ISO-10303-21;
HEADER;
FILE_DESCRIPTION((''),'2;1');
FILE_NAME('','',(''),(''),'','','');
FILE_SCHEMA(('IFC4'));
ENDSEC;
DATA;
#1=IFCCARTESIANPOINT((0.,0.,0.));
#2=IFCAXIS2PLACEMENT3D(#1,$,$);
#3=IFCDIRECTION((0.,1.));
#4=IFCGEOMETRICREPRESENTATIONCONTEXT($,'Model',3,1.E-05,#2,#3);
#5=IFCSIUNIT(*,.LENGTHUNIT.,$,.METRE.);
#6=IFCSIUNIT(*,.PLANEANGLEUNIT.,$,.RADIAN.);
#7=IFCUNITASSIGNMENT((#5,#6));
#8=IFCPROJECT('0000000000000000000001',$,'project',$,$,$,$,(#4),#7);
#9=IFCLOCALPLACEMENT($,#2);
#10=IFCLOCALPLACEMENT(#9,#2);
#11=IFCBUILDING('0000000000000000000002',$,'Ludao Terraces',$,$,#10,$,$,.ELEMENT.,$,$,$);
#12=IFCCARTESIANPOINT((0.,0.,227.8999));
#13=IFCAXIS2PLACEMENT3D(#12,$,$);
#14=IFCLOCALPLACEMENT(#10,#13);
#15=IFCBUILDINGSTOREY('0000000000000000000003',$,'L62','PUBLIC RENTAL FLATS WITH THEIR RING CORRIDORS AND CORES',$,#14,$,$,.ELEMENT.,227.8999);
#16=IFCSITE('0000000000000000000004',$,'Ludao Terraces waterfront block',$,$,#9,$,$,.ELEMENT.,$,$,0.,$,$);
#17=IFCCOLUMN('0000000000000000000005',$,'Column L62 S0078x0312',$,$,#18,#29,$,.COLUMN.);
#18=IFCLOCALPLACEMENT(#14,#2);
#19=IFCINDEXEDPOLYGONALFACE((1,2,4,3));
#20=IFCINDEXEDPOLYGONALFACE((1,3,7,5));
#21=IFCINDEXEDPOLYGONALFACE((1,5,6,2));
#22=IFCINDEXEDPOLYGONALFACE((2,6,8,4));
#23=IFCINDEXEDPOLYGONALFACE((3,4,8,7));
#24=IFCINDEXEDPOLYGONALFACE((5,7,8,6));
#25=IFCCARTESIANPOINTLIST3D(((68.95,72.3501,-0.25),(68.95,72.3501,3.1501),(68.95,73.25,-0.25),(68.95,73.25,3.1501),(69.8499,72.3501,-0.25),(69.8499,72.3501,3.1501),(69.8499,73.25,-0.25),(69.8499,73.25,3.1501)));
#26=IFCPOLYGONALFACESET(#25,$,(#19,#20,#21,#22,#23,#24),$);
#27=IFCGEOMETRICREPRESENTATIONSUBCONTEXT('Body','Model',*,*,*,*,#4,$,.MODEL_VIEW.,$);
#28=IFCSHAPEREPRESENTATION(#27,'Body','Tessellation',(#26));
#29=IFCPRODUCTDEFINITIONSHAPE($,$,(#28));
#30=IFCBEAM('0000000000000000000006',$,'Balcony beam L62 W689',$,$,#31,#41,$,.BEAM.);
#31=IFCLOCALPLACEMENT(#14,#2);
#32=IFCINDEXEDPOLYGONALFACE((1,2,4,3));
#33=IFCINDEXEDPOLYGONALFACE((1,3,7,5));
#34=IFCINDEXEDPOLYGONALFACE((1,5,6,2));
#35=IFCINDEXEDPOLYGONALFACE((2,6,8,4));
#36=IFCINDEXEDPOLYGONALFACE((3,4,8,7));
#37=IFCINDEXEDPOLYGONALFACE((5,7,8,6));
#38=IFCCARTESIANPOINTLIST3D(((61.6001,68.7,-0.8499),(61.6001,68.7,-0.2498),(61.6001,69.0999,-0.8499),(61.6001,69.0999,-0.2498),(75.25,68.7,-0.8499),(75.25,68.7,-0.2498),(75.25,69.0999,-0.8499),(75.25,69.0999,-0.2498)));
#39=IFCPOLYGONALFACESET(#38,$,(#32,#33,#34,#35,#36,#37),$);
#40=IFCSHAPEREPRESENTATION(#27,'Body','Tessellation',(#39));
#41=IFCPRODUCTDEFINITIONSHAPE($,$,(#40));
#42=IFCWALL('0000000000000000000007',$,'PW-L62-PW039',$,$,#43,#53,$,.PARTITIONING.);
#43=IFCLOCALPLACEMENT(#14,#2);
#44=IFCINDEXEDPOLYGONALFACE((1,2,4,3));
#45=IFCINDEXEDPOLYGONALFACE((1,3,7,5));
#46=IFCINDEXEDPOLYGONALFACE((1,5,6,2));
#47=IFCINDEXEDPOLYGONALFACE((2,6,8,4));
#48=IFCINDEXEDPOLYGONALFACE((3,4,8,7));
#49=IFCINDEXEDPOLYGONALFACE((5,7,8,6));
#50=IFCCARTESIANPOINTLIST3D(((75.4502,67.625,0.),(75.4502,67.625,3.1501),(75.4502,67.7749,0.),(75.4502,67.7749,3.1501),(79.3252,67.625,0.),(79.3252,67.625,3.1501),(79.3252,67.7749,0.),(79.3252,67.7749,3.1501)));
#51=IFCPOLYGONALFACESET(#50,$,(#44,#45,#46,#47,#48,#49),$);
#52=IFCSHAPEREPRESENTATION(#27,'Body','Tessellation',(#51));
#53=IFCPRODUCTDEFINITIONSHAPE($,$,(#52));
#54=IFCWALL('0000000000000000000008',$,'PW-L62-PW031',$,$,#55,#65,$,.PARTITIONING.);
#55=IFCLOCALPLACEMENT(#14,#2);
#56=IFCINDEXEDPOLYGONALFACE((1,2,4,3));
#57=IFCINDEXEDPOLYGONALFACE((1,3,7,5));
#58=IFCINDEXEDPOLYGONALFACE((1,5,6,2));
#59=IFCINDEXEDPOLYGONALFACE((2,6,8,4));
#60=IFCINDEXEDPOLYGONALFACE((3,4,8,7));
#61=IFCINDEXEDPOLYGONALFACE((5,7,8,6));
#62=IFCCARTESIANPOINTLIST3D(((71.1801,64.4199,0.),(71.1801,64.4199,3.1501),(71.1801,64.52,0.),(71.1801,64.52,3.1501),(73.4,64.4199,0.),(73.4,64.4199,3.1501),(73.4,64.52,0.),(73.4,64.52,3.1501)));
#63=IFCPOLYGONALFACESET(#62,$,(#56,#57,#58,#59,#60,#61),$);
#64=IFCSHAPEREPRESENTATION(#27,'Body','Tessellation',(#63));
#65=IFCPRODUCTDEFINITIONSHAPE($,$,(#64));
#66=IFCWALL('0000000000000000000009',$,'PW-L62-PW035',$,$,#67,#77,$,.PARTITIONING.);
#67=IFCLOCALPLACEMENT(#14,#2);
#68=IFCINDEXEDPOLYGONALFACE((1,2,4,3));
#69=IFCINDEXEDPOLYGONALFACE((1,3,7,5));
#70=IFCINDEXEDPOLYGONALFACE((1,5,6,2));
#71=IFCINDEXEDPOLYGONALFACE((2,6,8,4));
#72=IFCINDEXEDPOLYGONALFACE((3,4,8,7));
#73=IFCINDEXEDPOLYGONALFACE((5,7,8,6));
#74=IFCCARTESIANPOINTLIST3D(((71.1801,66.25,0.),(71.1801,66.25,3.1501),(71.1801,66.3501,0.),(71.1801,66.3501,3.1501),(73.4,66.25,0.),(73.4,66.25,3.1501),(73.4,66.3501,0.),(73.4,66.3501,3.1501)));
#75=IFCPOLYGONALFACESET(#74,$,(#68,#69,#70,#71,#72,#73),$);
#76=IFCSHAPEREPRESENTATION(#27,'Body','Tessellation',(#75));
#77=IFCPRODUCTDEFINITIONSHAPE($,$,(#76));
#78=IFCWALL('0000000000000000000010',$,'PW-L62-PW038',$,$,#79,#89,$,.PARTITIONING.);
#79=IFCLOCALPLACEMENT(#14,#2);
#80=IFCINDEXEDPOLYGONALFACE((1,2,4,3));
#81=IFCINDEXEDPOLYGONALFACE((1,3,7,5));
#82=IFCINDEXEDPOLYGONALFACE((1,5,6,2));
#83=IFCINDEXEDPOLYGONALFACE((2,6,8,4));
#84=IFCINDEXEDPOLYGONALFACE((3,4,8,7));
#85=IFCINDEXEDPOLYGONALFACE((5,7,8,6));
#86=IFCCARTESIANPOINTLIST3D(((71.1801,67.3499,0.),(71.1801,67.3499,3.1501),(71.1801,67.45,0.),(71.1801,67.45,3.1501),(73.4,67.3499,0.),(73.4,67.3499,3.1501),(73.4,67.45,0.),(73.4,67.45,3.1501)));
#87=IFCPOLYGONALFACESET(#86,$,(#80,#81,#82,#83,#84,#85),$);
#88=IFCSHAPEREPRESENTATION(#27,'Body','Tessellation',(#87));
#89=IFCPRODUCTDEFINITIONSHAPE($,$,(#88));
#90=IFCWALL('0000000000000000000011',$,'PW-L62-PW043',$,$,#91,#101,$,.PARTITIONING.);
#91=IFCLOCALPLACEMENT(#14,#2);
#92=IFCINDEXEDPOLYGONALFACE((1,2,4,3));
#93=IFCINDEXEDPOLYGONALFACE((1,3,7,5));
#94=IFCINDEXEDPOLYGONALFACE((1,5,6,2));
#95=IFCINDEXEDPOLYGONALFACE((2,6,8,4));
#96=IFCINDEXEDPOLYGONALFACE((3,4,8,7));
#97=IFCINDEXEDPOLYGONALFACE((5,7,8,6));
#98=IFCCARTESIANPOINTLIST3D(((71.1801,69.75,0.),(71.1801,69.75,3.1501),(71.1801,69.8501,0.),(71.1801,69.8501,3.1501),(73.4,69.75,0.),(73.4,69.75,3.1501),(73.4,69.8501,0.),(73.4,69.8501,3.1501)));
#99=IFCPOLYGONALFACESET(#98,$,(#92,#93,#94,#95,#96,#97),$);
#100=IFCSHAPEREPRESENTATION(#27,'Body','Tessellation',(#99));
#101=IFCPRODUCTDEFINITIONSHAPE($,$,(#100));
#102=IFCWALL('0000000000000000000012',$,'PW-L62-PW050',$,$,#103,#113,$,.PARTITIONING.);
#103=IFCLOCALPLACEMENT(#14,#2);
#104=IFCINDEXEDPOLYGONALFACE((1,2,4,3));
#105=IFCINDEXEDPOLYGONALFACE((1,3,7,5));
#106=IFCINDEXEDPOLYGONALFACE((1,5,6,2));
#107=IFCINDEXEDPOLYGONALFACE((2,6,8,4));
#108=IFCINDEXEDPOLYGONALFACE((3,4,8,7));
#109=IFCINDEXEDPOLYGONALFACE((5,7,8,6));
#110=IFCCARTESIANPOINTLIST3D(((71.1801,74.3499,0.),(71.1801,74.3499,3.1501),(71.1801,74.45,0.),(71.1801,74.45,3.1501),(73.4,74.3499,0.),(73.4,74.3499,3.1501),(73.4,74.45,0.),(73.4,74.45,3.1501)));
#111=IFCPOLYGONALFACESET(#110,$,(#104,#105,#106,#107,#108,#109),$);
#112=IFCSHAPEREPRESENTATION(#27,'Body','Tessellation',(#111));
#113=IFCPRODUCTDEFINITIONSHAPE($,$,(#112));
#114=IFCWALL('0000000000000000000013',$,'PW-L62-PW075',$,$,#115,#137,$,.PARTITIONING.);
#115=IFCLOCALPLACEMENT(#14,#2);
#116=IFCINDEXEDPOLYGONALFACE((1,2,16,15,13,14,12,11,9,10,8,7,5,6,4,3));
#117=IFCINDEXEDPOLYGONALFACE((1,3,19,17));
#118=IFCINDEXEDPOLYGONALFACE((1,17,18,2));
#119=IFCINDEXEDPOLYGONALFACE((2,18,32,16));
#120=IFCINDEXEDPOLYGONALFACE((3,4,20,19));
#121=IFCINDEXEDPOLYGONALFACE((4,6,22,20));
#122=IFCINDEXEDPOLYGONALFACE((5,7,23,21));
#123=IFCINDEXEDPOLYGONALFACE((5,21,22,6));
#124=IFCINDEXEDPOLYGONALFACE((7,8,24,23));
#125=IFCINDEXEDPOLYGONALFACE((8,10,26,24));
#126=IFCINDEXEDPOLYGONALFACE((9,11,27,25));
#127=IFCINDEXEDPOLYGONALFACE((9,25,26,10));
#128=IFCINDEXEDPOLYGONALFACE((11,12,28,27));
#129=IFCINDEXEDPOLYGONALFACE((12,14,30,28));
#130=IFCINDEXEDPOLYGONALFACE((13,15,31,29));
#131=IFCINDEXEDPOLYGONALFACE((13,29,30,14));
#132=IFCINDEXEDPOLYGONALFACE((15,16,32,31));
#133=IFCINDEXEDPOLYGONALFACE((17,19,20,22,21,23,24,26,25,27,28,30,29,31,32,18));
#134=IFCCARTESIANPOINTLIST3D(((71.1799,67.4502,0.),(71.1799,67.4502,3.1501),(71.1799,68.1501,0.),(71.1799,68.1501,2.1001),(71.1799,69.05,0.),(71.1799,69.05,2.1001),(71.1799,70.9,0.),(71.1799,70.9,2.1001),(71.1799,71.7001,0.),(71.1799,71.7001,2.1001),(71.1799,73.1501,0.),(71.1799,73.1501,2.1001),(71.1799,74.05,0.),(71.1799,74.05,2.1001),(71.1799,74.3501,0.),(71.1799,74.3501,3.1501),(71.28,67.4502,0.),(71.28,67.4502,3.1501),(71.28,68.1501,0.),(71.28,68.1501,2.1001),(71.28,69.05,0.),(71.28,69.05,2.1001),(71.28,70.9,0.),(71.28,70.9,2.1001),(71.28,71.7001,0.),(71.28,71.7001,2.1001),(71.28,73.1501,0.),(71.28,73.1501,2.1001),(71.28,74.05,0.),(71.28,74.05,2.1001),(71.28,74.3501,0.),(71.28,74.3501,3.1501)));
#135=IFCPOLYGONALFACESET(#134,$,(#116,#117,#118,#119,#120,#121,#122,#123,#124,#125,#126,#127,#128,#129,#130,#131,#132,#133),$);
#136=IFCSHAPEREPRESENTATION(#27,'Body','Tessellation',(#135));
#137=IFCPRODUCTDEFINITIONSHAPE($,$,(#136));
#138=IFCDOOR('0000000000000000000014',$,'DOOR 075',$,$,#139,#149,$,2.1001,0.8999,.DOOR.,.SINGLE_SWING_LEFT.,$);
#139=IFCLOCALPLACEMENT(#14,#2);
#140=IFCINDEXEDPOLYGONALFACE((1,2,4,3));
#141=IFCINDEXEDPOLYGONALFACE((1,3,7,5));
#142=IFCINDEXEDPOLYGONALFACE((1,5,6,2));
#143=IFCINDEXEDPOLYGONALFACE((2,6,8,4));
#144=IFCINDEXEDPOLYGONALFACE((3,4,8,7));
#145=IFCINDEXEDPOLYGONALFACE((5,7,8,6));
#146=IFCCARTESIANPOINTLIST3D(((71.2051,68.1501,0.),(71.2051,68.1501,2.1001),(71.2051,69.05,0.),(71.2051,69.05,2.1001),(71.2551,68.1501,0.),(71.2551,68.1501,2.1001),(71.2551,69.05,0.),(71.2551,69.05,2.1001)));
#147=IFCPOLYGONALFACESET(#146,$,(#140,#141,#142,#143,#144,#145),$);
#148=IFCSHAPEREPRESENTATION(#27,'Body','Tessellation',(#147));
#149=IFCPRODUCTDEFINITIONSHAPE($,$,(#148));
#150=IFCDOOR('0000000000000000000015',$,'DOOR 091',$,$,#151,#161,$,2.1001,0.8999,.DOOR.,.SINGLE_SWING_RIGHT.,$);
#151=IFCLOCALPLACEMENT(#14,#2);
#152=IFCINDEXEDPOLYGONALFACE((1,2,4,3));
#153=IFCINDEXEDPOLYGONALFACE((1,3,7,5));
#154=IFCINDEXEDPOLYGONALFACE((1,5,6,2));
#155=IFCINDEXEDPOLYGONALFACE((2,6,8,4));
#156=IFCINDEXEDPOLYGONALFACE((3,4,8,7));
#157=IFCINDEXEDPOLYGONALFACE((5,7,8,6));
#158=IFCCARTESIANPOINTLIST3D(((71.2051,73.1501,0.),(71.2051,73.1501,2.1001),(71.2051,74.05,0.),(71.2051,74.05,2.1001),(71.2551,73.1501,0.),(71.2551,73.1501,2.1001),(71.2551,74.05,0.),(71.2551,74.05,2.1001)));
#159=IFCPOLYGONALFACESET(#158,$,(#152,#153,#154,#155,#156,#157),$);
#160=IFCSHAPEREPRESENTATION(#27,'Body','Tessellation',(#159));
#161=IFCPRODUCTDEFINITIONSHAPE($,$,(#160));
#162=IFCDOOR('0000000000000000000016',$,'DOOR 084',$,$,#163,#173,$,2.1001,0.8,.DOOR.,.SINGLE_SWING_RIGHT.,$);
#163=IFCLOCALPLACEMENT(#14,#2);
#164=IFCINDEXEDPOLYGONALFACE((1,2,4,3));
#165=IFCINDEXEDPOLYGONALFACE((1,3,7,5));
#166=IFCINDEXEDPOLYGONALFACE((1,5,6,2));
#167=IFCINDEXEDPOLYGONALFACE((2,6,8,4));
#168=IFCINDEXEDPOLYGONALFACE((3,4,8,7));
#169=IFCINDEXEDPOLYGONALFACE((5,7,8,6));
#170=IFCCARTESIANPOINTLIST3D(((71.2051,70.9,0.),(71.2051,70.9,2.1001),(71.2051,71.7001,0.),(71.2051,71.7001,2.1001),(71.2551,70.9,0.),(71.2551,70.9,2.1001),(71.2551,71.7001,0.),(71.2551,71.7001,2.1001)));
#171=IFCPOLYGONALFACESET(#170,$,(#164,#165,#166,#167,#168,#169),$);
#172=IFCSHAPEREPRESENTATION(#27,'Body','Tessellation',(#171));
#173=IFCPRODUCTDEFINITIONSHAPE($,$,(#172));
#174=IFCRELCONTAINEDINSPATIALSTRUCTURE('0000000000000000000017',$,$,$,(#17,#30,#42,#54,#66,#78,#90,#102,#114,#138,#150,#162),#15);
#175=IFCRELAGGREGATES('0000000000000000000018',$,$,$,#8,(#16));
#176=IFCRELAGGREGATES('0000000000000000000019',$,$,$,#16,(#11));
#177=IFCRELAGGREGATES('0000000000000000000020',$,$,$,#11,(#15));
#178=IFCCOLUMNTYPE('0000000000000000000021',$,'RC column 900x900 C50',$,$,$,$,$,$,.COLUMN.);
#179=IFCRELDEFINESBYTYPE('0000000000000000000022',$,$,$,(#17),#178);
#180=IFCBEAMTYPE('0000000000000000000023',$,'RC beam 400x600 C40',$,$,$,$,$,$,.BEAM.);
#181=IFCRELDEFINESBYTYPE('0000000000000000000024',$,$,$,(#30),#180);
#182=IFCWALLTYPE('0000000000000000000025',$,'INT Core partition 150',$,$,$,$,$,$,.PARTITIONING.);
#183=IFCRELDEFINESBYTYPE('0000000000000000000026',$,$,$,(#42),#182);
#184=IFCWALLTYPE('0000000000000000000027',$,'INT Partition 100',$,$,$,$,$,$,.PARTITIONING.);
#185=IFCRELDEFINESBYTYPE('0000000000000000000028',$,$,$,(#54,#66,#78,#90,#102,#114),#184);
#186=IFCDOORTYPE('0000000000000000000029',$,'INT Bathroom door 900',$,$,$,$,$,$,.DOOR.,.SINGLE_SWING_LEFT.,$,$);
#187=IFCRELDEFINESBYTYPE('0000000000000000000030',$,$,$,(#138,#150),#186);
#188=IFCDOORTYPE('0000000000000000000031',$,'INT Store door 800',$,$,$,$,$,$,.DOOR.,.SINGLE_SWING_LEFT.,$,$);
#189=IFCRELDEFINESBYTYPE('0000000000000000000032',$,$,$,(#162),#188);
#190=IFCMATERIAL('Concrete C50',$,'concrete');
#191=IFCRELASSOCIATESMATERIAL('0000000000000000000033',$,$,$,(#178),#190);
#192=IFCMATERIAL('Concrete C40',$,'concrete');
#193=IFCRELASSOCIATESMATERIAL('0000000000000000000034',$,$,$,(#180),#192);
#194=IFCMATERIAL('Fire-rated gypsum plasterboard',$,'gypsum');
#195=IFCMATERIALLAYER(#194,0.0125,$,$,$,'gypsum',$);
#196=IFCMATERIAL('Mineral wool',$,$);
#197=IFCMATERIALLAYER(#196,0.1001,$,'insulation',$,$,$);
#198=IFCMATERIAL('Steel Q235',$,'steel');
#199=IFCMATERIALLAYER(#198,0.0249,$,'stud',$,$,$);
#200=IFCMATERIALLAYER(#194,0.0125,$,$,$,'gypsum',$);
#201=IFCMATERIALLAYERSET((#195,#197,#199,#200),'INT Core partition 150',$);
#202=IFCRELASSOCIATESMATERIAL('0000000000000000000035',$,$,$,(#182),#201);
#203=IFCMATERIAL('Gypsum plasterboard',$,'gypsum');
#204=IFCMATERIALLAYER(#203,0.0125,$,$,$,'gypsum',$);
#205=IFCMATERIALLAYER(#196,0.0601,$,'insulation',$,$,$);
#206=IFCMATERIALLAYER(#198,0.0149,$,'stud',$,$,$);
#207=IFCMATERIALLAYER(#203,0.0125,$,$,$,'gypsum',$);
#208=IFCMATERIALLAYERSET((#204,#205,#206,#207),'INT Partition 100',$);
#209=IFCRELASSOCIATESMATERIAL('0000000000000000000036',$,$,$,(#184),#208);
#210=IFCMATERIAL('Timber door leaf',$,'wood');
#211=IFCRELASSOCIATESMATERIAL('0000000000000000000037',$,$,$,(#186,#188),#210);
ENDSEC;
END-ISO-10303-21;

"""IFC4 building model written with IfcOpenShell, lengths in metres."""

from ifc_helpers import new_model, si_unit, direction, frame, frame_2d, origin, origin_2d, place, context, subcontext, project, spatial, rectangle, extrude, material, layer, layer_set, material_profile, profile_set, type_object, element, fill, save


model = new_model("IFC4")

# Units and contexts
model_context = context("Model", 3, precision=1e-05, world=origin(), true_north=direction((0.0, 1.0)))
body_context = subcontext(model_context, "Body", "Model", "MODEL_VIEW")
ifc_project = project(units=[si_unit("LENGTHUNIT", "METRE"), si_unit("PLANEANGLEUNIT", "RADIAN")], contexts=[model_context])

# Site, building, storey
site_placement = place(None, origin())
site = spatial("IfcSite", under=ifc_project, at=site_placement, Name="Ludao Terraces waterfront block", CompositionType="ELEMENT", RefElevation=0.0)
building_placement = place(site_placement, origin())
building = spatial("IfcBuilding", under=site, at=building_placement, Name="Ludao Terraces", CompositionType="ELEMENT")
storey_placement = place(building_placement, frame((0.0, 0.0, 227.8999)))
storey = spatial("IfcBuildingStorey", under=building, at=storey_placement, Name="L62", Description="PUBLIC RENTAL FLATS WITH THEIR RING CORRIDORS AND CORES", CompositionType="ELEMENT", Elevation=227.8999)

# Column
ifc_material_1 = material(Name="Concrete C50", Category="concrete")
ifc_material_profile_1 = material_profile(ifc_material_1, rectangle(XDim=0.8999, YDim=0.8999, at=origin_2d()), Name="900 X 900")
ifc_profile_set_1 = profile_set([ifc_material_profile_1], Name="Concrete C50")
column_type = type_object("IfcColumnType", Name="RC column 900x900 C50", PredefinedType="COLUMN", material=ifc_profile_set_1)
column_placement = place(storey_placement, frame((69.3999, 72.8, -0.25), z_axis=(0.0, 0.0, 1.0), x_axis=(1.0, 0.0, 0.0)))
element("IfcColumn", 1, at=column_placement, inside=storey, type_object=column_type, Name="Column L62 S0078x0312", PredefinedType="COLUMN", context=body_context, shape_type="SweptSolid", body=[
    extrude(rectangle(XDim=0.8999, YDim=0.8999, at=origin_2d()), origin(), (0.0, 0.0, 1.0), 3.4001),
])

# Beam
ifc_material_2 = material(Name="Concrete C40", Category="concrete")
ifc_material_profile_2 = material_profile(ifc_material_2, rectangle(XDim=0.3999, YDim=0.6001, at=origin_2d()), Name="400 X 600")
ifc_profile_set_2 = profile_set([ifc_material_profile_2], Name="Concrete C40")
beam_type = type_object("IfcBeamType", Name="RC beam 400x600 C40", PredefinedType="BEAM", material=ifc_profile_set_2)
beam_placement = place(storey_placement, frame((75.25, 68.8999, -0.5498), z_axis=(-1.0, 0.0, 0.0), x_axis=(0.0, -1.0, 0.0)))
element("IfcBeam", 2, at=beam_placement, inside=storey, type_object=beam_type, Name="Balcony beam L62 W689", PredefinedType="BEAM", context=body_context, shape_type="SweptSolid", body=[
    extrude(rectangle(XDim=0.3999, YDim=0.6001, at=origin_2d()), origin(), (0.0, 0.0, 1.0), 13.6499),
])

# Walls
ifc_material_3 = material(Name="Fire-rated gypsum plasterboard", Category="gypsum")
ifc_layer_1 = layer(ifc_material_3, 0.0125, Category="gypsum")
ifc_material_4 = material(Name="Mineral wool")
ifc_layer_2 = layer(ifc_material_4, 0.1001, Name="insulation")
ifc_material_5 = material(Name="Steel Q235", Category="steel")
ifc_layer_3 = layer(ifc_material_5, 0.0249, Name="stud")
ifc_layer_4 = layer(ifc_material_3, 0.0125, Category="gypsum")
ifc_layer_set_1 = layer_set([ifc_layer_1, ifc_layer_2, ifc_layer_3, ifc_layer_4], Name="INT Core partition 150")
wall_type_1 = type_object("IfcWallType", Name="INT Core partition 150", PredefinedType="PARTITIONING", material=ifc_layer_set_1)
wall_1_placement = place(storey_placement, frame((75.4502, 67.7, 0.0), z_axis=(0.0, 0.0, 1.0), x_axis=(1.0, 0.0, 0.0)))
element("IfcWall", 3, at=wall_1_placement, inside=storey, type_object=wall_type_1, Name="PW-L62-PW039", PredefinedType="PARTITIONING", context=body_context, shape_type="SweptSolid", body=[
    extrude(rectangle(XDim=3.875, YDim=0.1499, at=frame_2d((1.9375, 0.0))), origin(), (0.0, 0.0, 1.0), 3.1501),
])
ifc_material_6 = material(Name="Gypsum plasterboard", Category="gypsum")
ifc_layer_5 = layer(ifc_material_6, 0.0125, Category="gypsum")
ifc_layer_6 = layer(ifc_material_4, 0.0601, Name="insulation")
ifc_layer_7 = layer(ifc_material_5, 0.0149, Name="stud")
ifc_layer_8 = layer(ifc_material_6, 0.0125, Category="gypsum")
ifc_layer_set_2 = layer_set([ifc_layer_5, ifc_layer_6, ifc_layer_7, ifc_layer_8], Name="INT Partition 100")
wall_type_2 = type_object("IfcWallType", Name="INT Partition 100", PredefinedType="PARTITIONING", material=ifc_layer_set_2)
for number, where, z_axis, x_axis, name in (
    (4, (71.1802, 64.47, 0.0), (0.0, 0.0, 1.0), (1.0, 0.0, 0.0), "PW-L62-PW031"),
    (5, (71.1802, 66.3, 0.0), (0.0, 0.0, 1.0), (1.0, 0.0, 0.0), "PW-L62-PW035"),
    (6, (71.1802, 67.3999, 0.0), (0.0, 0.0, 1.0), (1.0, 0.0, 0.0), "PW-L62-PW038"),
    (7, (71.1802, 69.8, 0.0), (0.0, 0.0, 1.0), (1.0, 0.0, 0.0), "PW-L62-PW043"),
    (8, (71.1802, 74.3999, 0.0), (0.0, 0.0, 1.0), (1.0, 0.0, 0.0), "PW-L62-PW050"),
):
    element("IfcWall", number, at=place(storey_placement, frame(where, z_axis=z_axis, x_axis=x_axis)), inside=storey, type_object=wall_type_2, Name=name, PredefinedType="PARTITIONING", context=body_context, shape_type="SweptSolid", body=[
        extrude(rectangle(XDim=2.22, YDim=0.1001, at=frame_2d((1.1099, 0.0))), origin(), (0.0, 0.0, 1.0), 3.1501),
    ])

# Wall, openings, doors
wall_2_placement = place(storey_placement, frame((71.23, 67.4502, 0.0), z_axis=(0.0, 0.0, 1.0), x_axis=(0.0, 1.0, 0.0)))
wall_2 = element("IfcWall", 9, at=wall_2_placement, inside=storey, type_object=wall_type_2, Name="PW-L62-PW075", PredefinedType="PARTITIONING", context=body_context, shape_type="SweptSolid", body=[
    extrude(rectangle(XDim=6.8999, YDim=0.1001, at=frame_2d((3.45, 0.0))), origin(), (0.0, 0.0, 1.0), 3.1501),
])
opening_1_placement = place(wall_2_placement, frame((0.7, 0.0, 0.0)))
opening_1 = element("IfcOpeningElement", 10, at=opening_1_placement, cuts=wall_2, PredefinedType="OPENING", context=body_context, shape_type="SweptSolid", body=[
    extrude(rectangle(XDim=0.8999, YDim=2.1001, at=frame_2d((0.45, 1.05))), frame((0.0, 0.0601, 0.0), z_axis=(0.0, -1.0, 0.0), x_axis=(1.0, 0.0, 0.0)), (0.0, 0.0, 1.0), 0.1201),
])
opening_2_placement = place(wall_2_placement, frame((3.45, 0.0, 0.0)))
opening_2 = element("IfcOpeningElement", 11, at=opening_2_placement, cuts=wall_2, PredefinedType="OPENING", context=body_context, shape_type="SweptSolid", body=[
    extrude(rectangle(XDim=0.8, YDim=2.1001, at=frame_2d((0.3999, 1.05))), frame((0.0, 0.0601, 0.0), z_axis=(0.0, -1.0, 0.0), x_axis=(1.0, 0.0, 0.0)), (0.0, 0.0, 1.0), 0.1201),
])
opening_3_placement = place(wall_2_placement, frame((5.7, 0.0, 0.0)))
opening_3 = element("IfcOpeningElement", 12, at=opening_3_placement, cuts=wall_2, PredefinedType="OPENING", context=body_context, shape_type="SweptSolid", body=[
    extrude(rectangle(XDim=0.8999, YDim=2.1001, at=frame_2d((0.45, 1.05))), frame((0.0, 0.0601, 0.0), z_axis=(0.0, -1.0, 0.0), x_axis=(1.0, 0.0, 0.0)), (0.0, 0.0, 1.0), 0.1201),
])
ifc_material_7 = material(Name="Timber door leaf", Category="wood")
door_type_1 = type_object("IfcDoorType", Name="INT Bathroom door 900", OperationType="SINGLE_SWING_LEFT", PredefinedType="DOOR", material=ifc_material_7)
door_1_placement = place(opening_1_placement, origin())
door_1 = element("IfcDoor", 13, at=door_1_placement, inside=storey, type_object=door_type_1, Name="DOOR 075", OperationType="SINGLE_SWING_LEFT", OverallHeight=2.1001, OverallWidth=0.8999, PredefinedType="DOOR", context=body_context, shape_type="SweptSolid", body=[
    extrude(rectangle(XDim=0.8999, YDim=2.1001, at=frame_2d((0.45, 1.05))), frame((0.0, 0.0249, 0.0), z_axis=(0.0, -1.0, 0.0), x_axis=(1.0, 0.0, 0.0)), (0.0, 0.0, 1.0), 0.05),
])
fill(opening_1, door_1)
door_2_placement = place(opening_3_placement, origin())
door_2 = element("IfcDoor", 14, at=door_2_placement, inside=storey, type_object=door_type_1, Name="DOOR 091", OperationType="SINGLE_SWING_RIGHT", OverallHeight=2.1001, OverallWidth=0.8999, PredefinedType="DOOR", context=body_context, shape_type="SweptSolid", body=[
    extrude(rectangle(XDim=0.8999, YDim=2.1001, at=frame_2d((0.45, 1.05))), frame((0.0, 0.0249, 0.0), z_axis=(0.0, -1.0, 0.0), x_axis=(1.0, 0.0, 0.0)), (0.0, 0.0, 1.0), 0.05),
])
fill(opening_3, door_2)
door_type_2 = type_object("IfcDoorType", Name="INT Store door 800", OperationType="SINGLE_SWING_LEFT", PredefinedType="DOOR", material=ifc_material_7)
door_3_placement = place(opening_2_placement, origin())
door_3 = element("IfcDoor", 15, at=door_3_placement, inside=storey, type_object=door_type_2, Name="DOOR 084", OperationType="SINGLE_SWING_RIGHT", OverallHeight=2.1001, OverallWidth=0.8, PredefinedType="DOOR", context=body_context, shape_type="SweptSolid", body=[
    extrude(rectangle(XDim=0.8, YDim=2.1001, at=frame_2d((0.3999, 1.05))), frame((0.0, 0.0249, 0.0), z_axis=(0.0, -1.0, 0.0), x_axis=(1.0, 0.0, 0.0)), (0.0, 0.0, 1.0), 0.05),
])
fill(opening_2, door_3)

save(model, "model.ifc")
